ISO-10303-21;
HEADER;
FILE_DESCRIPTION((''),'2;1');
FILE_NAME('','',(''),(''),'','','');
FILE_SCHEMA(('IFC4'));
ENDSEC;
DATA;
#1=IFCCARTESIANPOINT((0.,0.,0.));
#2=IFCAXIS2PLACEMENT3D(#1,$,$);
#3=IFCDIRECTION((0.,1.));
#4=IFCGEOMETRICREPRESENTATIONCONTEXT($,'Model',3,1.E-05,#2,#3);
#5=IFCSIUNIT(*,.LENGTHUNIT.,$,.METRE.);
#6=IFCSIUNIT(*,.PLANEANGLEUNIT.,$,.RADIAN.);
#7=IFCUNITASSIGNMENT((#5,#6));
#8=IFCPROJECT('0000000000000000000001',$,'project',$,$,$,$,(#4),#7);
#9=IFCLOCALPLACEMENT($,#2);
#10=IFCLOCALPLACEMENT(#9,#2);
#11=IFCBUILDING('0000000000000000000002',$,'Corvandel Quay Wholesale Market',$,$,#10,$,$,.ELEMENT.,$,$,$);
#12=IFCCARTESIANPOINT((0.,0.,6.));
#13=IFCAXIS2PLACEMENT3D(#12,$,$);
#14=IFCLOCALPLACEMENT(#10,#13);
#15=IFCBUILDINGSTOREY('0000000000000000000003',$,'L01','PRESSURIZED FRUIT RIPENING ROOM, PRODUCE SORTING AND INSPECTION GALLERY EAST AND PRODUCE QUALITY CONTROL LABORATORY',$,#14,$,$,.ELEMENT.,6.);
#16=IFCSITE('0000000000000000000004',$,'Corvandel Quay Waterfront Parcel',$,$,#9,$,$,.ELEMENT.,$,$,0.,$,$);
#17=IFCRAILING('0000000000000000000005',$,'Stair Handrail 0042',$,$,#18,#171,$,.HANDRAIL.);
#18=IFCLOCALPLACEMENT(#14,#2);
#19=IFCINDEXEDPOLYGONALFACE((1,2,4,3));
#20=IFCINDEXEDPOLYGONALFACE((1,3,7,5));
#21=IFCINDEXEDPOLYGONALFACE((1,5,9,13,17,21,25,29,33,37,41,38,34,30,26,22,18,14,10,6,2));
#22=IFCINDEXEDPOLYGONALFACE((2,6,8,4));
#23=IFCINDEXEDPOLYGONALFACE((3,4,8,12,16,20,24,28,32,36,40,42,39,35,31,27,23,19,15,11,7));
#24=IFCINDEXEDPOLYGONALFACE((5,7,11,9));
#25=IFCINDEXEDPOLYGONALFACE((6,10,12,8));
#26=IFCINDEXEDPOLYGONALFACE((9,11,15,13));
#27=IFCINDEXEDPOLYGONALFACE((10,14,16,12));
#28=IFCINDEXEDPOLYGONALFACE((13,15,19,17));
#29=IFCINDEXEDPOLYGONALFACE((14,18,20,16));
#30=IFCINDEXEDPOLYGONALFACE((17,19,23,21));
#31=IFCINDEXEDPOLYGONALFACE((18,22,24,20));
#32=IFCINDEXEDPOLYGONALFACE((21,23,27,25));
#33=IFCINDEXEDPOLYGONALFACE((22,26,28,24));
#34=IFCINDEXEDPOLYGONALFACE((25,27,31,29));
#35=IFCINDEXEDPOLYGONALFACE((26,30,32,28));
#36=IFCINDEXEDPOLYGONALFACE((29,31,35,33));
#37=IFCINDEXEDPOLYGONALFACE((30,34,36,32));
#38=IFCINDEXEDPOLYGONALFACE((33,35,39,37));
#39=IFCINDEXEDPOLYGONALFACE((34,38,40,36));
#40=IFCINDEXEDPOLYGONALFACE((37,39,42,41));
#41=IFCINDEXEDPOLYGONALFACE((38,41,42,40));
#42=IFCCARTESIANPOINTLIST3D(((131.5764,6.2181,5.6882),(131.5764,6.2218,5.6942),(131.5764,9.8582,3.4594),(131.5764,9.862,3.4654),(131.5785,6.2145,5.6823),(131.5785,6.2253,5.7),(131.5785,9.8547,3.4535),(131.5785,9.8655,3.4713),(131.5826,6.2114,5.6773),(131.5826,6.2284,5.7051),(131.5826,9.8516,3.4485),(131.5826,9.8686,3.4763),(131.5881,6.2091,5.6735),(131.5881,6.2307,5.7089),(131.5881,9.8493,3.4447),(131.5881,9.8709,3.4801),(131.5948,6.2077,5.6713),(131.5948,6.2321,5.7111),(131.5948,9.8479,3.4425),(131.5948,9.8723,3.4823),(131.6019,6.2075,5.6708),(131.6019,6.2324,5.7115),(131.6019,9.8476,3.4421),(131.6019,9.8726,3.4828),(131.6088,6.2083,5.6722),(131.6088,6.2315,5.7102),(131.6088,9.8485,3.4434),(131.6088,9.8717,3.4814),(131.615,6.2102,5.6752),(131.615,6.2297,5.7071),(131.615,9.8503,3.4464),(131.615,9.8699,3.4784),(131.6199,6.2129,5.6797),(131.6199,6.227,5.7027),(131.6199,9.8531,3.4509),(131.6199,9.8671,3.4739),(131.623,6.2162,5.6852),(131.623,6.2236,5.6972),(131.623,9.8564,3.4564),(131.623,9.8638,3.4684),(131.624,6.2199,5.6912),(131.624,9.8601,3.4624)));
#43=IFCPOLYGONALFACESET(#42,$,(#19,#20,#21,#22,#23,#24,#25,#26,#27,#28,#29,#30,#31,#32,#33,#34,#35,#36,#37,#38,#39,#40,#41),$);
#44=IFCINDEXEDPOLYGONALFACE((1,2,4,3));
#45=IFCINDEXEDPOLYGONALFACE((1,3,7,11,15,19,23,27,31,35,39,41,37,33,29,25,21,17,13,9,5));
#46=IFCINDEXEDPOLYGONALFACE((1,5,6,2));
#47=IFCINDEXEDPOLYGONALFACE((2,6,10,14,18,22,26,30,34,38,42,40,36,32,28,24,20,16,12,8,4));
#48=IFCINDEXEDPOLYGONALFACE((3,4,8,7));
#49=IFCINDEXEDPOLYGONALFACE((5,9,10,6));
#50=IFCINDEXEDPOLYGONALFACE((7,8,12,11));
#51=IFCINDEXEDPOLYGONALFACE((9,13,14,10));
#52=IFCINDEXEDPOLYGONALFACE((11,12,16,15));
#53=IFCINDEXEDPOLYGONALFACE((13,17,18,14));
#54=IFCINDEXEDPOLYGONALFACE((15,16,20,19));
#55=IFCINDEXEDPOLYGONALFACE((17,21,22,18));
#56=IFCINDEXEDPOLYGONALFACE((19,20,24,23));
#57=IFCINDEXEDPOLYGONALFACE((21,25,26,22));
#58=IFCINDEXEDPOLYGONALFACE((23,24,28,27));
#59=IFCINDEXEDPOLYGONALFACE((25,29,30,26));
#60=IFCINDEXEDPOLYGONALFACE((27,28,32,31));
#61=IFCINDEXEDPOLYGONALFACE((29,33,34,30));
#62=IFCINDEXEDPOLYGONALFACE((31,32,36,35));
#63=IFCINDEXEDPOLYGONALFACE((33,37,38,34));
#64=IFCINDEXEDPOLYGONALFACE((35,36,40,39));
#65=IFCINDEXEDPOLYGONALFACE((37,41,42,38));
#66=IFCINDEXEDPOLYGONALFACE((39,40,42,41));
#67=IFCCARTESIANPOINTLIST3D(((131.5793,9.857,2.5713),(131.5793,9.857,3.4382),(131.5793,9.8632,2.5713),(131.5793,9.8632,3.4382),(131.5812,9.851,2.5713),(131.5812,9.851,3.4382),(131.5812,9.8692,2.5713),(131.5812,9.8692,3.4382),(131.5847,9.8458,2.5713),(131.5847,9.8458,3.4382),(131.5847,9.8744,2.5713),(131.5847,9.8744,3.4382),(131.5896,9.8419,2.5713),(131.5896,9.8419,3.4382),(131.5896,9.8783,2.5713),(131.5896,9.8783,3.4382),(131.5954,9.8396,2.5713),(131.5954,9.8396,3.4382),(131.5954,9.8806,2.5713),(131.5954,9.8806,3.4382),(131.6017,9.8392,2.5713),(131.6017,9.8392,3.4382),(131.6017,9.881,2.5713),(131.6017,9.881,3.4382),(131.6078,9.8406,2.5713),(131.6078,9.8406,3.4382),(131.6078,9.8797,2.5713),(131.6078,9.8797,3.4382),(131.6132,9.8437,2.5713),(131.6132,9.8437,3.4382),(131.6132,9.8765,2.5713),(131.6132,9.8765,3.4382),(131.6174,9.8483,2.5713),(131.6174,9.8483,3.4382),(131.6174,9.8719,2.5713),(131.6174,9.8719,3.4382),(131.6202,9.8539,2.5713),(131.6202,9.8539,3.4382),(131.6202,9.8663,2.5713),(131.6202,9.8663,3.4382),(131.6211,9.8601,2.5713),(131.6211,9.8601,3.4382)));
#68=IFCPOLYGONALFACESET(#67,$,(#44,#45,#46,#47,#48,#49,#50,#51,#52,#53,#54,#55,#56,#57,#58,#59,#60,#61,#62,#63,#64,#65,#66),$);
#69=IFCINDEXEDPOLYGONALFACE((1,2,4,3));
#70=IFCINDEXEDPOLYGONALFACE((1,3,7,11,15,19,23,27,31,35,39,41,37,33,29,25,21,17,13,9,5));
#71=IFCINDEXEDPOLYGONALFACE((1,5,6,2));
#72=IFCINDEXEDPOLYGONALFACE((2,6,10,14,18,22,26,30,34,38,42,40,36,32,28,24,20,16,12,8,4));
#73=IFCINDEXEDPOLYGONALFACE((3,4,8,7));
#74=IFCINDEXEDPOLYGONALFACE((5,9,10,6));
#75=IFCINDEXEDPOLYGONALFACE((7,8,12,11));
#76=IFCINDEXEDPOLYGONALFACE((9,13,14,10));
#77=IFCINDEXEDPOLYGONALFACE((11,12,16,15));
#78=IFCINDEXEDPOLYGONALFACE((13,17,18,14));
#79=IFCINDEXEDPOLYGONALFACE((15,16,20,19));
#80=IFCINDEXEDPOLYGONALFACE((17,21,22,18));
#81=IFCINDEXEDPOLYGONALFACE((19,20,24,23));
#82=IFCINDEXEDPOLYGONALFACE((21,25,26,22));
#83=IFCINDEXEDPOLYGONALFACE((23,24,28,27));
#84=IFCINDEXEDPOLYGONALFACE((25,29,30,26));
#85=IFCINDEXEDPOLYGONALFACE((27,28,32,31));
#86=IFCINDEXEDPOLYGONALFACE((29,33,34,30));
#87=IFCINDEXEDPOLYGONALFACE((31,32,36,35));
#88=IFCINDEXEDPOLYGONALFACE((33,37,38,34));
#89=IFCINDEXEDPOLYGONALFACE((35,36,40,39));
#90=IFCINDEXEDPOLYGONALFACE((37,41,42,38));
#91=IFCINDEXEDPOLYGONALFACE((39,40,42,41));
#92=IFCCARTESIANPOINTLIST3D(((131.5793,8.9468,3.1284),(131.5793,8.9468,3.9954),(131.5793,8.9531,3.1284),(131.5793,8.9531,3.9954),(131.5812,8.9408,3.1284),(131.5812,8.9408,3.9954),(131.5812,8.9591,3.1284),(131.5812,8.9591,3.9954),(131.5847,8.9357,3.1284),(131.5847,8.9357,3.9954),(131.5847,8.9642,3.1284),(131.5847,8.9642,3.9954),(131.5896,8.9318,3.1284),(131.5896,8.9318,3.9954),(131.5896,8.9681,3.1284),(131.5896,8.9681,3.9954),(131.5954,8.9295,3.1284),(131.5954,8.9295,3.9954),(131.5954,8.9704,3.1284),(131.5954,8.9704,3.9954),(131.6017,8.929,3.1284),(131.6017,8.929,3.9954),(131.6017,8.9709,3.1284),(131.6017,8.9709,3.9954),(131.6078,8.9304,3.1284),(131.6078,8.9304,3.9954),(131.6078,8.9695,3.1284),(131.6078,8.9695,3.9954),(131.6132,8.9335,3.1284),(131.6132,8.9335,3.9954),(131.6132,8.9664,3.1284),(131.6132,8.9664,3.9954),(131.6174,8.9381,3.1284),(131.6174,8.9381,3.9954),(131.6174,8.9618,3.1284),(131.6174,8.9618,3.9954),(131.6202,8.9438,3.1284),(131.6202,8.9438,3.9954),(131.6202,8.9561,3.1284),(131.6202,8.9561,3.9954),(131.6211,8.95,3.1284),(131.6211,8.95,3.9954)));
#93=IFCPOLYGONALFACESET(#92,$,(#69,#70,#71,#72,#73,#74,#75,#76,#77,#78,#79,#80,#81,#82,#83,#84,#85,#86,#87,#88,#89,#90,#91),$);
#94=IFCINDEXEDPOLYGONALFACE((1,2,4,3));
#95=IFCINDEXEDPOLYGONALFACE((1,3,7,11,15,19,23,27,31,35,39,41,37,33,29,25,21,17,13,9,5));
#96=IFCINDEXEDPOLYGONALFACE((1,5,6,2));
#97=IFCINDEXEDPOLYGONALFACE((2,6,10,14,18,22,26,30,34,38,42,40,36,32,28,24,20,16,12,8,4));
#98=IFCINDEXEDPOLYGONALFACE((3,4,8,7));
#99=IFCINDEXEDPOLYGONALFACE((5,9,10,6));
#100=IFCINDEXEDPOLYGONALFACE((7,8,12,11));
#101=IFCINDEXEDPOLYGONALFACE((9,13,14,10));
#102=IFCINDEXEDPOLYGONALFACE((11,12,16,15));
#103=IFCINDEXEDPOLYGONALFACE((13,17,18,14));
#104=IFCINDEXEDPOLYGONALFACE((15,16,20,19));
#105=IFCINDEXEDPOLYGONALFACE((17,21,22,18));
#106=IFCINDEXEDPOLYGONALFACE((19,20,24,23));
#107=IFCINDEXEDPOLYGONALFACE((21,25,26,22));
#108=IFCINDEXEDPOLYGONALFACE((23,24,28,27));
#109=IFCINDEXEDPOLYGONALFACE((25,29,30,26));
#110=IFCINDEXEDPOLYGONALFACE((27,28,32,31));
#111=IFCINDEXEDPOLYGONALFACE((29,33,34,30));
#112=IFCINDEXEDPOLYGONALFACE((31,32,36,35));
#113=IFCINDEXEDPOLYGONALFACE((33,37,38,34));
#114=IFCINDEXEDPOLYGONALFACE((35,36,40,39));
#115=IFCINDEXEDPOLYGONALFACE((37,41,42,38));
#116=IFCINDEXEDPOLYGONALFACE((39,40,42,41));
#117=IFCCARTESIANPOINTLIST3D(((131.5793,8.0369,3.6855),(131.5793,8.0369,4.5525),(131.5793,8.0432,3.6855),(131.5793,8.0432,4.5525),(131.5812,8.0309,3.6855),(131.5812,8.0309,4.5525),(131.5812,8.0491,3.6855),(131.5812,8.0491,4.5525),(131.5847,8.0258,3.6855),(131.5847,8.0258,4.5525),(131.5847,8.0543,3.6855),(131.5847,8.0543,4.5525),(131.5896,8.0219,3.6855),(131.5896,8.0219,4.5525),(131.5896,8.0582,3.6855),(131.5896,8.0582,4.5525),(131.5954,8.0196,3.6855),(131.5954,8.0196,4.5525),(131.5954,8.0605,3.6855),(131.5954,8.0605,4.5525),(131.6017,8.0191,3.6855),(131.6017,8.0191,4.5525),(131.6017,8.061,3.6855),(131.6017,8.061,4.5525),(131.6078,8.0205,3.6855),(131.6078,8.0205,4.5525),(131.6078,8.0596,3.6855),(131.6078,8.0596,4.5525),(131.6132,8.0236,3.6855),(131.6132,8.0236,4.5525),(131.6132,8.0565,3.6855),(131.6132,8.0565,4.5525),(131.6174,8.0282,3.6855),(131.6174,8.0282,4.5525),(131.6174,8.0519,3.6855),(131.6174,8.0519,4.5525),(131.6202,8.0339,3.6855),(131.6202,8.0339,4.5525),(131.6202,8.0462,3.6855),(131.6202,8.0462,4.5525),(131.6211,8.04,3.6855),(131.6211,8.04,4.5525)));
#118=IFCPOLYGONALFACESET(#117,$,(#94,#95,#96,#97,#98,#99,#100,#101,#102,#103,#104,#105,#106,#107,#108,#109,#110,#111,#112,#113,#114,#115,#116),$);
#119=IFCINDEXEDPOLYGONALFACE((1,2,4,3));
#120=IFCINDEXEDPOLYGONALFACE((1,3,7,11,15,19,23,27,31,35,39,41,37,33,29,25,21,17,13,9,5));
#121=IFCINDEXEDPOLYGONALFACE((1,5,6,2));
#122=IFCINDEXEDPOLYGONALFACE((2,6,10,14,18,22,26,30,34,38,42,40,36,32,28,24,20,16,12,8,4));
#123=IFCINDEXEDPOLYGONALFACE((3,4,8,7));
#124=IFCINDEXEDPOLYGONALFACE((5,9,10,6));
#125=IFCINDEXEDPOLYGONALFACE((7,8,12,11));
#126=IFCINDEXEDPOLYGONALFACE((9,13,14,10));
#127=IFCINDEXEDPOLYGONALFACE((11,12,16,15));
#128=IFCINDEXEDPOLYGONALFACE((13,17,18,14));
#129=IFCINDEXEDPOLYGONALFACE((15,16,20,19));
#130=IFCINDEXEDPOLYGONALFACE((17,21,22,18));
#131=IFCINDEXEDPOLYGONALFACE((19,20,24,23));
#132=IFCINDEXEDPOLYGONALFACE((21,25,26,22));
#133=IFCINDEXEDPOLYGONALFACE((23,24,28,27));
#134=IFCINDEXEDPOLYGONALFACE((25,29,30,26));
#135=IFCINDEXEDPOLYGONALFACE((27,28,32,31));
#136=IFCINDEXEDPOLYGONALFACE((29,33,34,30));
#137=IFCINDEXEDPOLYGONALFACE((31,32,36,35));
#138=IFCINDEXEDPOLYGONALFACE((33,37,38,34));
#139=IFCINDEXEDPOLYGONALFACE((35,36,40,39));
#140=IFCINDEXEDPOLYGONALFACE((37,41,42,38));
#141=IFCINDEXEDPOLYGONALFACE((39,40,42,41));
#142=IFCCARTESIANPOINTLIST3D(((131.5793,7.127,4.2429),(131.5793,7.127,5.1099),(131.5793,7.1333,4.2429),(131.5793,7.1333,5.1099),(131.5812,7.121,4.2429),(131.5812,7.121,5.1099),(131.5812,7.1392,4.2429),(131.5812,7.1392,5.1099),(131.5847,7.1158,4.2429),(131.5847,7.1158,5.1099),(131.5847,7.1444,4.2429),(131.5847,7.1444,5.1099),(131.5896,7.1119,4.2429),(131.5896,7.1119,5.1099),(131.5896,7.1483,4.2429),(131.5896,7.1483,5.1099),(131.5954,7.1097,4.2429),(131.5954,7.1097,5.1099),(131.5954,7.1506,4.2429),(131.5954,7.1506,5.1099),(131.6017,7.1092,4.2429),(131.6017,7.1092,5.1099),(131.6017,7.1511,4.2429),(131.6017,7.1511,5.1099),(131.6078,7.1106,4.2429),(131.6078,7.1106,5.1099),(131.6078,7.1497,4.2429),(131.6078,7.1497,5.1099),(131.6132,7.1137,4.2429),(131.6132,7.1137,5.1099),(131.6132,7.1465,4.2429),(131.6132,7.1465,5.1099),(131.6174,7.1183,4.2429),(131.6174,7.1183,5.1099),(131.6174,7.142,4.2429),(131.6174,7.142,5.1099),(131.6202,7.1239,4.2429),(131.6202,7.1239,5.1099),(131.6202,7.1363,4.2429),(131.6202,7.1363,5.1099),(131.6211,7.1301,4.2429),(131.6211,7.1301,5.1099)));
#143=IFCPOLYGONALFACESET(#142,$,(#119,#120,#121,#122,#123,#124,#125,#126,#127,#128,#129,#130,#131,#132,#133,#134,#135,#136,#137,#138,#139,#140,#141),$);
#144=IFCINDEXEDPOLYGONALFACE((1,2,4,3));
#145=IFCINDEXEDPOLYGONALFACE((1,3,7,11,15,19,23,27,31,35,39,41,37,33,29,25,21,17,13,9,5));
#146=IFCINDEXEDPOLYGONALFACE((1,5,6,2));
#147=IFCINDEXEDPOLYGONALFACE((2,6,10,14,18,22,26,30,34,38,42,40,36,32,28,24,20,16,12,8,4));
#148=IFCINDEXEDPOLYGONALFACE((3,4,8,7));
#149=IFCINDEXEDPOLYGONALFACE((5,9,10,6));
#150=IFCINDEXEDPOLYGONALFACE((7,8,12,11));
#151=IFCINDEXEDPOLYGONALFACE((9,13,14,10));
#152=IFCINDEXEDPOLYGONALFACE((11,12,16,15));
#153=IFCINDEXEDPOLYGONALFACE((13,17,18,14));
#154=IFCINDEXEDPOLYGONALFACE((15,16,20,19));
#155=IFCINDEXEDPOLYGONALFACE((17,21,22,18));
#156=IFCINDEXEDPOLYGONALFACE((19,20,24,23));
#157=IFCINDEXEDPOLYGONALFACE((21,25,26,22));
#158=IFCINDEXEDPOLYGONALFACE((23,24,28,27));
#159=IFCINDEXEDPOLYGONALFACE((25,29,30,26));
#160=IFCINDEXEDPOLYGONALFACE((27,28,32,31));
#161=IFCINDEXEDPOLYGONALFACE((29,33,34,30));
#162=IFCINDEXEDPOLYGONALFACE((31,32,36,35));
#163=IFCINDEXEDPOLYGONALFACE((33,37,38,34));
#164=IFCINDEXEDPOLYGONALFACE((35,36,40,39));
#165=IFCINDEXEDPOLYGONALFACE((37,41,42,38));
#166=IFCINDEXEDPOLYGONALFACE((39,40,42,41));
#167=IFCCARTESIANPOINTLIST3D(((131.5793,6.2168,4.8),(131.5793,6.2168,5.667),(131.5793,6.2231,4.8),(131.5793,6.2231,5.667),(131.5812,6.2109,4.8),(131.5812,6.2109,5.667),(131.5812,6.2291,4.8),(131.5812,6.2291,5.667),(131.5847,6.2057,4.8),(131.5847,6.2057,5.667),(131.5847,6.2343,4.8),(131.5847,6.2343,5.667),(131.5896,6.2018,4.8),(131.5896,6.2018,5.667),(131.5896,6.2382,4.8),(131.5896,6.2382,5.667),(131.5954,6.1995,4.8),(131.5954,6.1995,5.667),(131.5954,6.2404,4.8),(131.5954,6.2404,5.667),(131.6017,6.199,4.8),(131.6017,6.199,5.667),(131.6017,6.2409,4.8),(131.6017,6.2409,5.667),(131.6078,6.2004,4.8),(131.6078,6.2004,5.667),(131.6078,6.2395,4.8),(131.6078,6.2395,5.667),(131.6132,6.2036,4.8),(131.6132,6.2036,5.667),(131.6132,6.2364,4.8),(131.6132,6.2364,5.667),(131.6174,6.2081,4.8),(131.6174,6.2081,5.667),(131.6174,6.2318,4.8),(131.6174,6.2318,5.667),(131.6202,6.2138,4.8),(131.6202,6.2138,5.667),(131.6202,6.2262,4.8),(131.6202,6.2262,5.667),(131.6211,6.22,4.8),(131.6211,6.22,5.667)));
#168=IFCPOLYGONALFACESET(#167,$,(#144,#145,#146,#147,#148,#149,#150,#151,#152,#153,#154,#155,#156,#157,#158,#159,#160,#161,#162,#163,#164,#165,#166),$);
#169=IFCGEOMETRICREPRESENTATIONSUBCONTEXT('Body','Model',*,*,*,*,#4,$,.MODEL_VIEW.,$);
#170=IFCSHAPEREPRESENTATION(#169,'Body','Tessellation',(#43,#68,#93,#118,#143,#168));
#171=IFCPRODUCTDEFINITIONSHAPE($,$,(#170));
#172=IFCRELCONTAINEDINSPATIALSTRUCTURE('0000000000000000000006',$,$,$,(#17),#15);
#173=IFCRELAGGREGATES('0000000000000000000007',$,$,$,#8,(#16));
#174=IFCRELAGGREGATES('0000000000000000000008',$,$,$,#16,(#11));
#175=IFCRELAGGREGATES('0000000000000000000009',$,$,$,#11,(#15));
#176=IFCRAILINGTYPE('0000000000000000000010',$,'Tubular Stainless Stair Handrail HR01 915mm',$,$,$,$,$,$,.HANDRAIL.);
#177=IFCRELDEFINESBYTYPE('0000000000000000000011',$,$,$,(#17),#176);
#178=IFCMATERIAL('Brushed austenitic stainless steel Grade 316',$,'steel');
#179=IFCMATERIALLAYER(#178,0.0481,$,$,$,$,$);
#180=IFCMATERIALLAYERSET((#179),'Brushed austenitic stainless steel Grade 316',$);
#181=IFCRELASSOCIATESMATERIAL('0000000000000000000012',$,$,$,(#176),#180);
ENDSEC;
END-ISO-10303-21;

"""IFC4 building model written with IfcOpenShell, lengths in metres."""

from ifc_helpers import new_model, si_unit, direction, frame, origin, origin_2d, place, context, subcontext, project, spatial, circle, extrude, material, layer, layer_set, type_object, element, save


model = new_model("IFC4")

# Units and contexts
model_context = context("Model", 3, precision=1e-05, world=origin(), true_north=direction((0.0, 1.0)))
body_context = subcontext(model_context, "Body", "Model", "MODEL_VIEW")
ifc_project = project(units=[si_unit("LENGTHUNIT", "METRE"), si_unit("PLANEANGLEUNIT", "RADIAN")], contexts=[model_context])

# Site, building, storey
site_placement = place(None, origin())
site = spatial("IfcSite", under=ifc_project, at=site_placement, Name="Corvandel Quay Waterfront Parcel", CompositionType="ELEMENT", RefElevation=0.0)
building_placement = place(site_placement, origin())
building = spatial("IfcBuilding", under=site, at=building_placement, Name="Corvandel Quay Wholesale Market", CompositionType="ELEMENT")
storey_placement = place(building_placement, frame((0.0, 0.0, 6.0)))
storey = spatial("IfcBuildingStorey", under=building, at=storey_placement, Name="L01", Description="PRESSURIZED FRUIT RIPENING ROOM, PRODUCE SORTING AND INSPECTION GALLERY EAST AND PRODUCE QUALITY CONTROL LABORATORY", CompositionType="ELEMENT", Elevation=6.0)

# Railing
ifc_material_1 = material(Name="Brushed austenitic stainless steel Grade 316", Category="steel")
ifc_layer_1 = layer(ifc_material_1, 0.0481)
ifc_layer_set_1 = layer_set([ifc_layer_1], Name="Brushed austenitic stainless steel Grade 316")
railing_type_1 = type_object("IfcRailingType", Name="Tubular Stainless Stair Handrail HR01 915mm", PredefinedType="HANDRAIL", material=ifc_layer_set_1)
for number, where, name in (
    (1, (131.6001, 9.8601, 2.5713), "Stair Handrail 0042"),
):
    element("IfcRailing", number, at=place(storey_placement, frame(where)), inside=storey, type_object=railing_type_1, Name=name, PredefinedType="HANDRAIL", context=body_context, shape_type="SweptSolid", body=[
        extrude(circle(Radius=0.0239, at=origin_2d()), frame((0.0, 0.0, 0.8911), z_axis=(0.0, -0.85284, 0.522172), x_axis=(1.0, 0.0, 0.0)), (0.0, 0.0, 1.0), 4.2683),
        extrude(circle(Radius=0.021, at=origin_2d()), origin(), (0.0, 0.0, 1.0), 0.8669),
        extrude(circle(Radius=0.021, at=origin_2d()), frame((0.0, -0.9102, 0.5571)), (0.0, 0.0, 1.0), 0.8669),
        extrude(circle(Radius=0.021, at=origin_2d()), frame((0.0, -1.8201, 1.1143)), (0.0, 0.0, 1.0), 0.8669),
        extrude(circle(Radius=0.021, at=origin_2d()), frame((0.0, -2.73, 1.6716)), (0.0, 0.0, 1.0), 0.8669),
        extrude(circle(Radius=0.021, at=origin_2d()), frame((0.0, -3.6401, 2.2288)), (0.0, 0.0, 1.0), 0.8669),
    ])

save(model, "model.ifc")
